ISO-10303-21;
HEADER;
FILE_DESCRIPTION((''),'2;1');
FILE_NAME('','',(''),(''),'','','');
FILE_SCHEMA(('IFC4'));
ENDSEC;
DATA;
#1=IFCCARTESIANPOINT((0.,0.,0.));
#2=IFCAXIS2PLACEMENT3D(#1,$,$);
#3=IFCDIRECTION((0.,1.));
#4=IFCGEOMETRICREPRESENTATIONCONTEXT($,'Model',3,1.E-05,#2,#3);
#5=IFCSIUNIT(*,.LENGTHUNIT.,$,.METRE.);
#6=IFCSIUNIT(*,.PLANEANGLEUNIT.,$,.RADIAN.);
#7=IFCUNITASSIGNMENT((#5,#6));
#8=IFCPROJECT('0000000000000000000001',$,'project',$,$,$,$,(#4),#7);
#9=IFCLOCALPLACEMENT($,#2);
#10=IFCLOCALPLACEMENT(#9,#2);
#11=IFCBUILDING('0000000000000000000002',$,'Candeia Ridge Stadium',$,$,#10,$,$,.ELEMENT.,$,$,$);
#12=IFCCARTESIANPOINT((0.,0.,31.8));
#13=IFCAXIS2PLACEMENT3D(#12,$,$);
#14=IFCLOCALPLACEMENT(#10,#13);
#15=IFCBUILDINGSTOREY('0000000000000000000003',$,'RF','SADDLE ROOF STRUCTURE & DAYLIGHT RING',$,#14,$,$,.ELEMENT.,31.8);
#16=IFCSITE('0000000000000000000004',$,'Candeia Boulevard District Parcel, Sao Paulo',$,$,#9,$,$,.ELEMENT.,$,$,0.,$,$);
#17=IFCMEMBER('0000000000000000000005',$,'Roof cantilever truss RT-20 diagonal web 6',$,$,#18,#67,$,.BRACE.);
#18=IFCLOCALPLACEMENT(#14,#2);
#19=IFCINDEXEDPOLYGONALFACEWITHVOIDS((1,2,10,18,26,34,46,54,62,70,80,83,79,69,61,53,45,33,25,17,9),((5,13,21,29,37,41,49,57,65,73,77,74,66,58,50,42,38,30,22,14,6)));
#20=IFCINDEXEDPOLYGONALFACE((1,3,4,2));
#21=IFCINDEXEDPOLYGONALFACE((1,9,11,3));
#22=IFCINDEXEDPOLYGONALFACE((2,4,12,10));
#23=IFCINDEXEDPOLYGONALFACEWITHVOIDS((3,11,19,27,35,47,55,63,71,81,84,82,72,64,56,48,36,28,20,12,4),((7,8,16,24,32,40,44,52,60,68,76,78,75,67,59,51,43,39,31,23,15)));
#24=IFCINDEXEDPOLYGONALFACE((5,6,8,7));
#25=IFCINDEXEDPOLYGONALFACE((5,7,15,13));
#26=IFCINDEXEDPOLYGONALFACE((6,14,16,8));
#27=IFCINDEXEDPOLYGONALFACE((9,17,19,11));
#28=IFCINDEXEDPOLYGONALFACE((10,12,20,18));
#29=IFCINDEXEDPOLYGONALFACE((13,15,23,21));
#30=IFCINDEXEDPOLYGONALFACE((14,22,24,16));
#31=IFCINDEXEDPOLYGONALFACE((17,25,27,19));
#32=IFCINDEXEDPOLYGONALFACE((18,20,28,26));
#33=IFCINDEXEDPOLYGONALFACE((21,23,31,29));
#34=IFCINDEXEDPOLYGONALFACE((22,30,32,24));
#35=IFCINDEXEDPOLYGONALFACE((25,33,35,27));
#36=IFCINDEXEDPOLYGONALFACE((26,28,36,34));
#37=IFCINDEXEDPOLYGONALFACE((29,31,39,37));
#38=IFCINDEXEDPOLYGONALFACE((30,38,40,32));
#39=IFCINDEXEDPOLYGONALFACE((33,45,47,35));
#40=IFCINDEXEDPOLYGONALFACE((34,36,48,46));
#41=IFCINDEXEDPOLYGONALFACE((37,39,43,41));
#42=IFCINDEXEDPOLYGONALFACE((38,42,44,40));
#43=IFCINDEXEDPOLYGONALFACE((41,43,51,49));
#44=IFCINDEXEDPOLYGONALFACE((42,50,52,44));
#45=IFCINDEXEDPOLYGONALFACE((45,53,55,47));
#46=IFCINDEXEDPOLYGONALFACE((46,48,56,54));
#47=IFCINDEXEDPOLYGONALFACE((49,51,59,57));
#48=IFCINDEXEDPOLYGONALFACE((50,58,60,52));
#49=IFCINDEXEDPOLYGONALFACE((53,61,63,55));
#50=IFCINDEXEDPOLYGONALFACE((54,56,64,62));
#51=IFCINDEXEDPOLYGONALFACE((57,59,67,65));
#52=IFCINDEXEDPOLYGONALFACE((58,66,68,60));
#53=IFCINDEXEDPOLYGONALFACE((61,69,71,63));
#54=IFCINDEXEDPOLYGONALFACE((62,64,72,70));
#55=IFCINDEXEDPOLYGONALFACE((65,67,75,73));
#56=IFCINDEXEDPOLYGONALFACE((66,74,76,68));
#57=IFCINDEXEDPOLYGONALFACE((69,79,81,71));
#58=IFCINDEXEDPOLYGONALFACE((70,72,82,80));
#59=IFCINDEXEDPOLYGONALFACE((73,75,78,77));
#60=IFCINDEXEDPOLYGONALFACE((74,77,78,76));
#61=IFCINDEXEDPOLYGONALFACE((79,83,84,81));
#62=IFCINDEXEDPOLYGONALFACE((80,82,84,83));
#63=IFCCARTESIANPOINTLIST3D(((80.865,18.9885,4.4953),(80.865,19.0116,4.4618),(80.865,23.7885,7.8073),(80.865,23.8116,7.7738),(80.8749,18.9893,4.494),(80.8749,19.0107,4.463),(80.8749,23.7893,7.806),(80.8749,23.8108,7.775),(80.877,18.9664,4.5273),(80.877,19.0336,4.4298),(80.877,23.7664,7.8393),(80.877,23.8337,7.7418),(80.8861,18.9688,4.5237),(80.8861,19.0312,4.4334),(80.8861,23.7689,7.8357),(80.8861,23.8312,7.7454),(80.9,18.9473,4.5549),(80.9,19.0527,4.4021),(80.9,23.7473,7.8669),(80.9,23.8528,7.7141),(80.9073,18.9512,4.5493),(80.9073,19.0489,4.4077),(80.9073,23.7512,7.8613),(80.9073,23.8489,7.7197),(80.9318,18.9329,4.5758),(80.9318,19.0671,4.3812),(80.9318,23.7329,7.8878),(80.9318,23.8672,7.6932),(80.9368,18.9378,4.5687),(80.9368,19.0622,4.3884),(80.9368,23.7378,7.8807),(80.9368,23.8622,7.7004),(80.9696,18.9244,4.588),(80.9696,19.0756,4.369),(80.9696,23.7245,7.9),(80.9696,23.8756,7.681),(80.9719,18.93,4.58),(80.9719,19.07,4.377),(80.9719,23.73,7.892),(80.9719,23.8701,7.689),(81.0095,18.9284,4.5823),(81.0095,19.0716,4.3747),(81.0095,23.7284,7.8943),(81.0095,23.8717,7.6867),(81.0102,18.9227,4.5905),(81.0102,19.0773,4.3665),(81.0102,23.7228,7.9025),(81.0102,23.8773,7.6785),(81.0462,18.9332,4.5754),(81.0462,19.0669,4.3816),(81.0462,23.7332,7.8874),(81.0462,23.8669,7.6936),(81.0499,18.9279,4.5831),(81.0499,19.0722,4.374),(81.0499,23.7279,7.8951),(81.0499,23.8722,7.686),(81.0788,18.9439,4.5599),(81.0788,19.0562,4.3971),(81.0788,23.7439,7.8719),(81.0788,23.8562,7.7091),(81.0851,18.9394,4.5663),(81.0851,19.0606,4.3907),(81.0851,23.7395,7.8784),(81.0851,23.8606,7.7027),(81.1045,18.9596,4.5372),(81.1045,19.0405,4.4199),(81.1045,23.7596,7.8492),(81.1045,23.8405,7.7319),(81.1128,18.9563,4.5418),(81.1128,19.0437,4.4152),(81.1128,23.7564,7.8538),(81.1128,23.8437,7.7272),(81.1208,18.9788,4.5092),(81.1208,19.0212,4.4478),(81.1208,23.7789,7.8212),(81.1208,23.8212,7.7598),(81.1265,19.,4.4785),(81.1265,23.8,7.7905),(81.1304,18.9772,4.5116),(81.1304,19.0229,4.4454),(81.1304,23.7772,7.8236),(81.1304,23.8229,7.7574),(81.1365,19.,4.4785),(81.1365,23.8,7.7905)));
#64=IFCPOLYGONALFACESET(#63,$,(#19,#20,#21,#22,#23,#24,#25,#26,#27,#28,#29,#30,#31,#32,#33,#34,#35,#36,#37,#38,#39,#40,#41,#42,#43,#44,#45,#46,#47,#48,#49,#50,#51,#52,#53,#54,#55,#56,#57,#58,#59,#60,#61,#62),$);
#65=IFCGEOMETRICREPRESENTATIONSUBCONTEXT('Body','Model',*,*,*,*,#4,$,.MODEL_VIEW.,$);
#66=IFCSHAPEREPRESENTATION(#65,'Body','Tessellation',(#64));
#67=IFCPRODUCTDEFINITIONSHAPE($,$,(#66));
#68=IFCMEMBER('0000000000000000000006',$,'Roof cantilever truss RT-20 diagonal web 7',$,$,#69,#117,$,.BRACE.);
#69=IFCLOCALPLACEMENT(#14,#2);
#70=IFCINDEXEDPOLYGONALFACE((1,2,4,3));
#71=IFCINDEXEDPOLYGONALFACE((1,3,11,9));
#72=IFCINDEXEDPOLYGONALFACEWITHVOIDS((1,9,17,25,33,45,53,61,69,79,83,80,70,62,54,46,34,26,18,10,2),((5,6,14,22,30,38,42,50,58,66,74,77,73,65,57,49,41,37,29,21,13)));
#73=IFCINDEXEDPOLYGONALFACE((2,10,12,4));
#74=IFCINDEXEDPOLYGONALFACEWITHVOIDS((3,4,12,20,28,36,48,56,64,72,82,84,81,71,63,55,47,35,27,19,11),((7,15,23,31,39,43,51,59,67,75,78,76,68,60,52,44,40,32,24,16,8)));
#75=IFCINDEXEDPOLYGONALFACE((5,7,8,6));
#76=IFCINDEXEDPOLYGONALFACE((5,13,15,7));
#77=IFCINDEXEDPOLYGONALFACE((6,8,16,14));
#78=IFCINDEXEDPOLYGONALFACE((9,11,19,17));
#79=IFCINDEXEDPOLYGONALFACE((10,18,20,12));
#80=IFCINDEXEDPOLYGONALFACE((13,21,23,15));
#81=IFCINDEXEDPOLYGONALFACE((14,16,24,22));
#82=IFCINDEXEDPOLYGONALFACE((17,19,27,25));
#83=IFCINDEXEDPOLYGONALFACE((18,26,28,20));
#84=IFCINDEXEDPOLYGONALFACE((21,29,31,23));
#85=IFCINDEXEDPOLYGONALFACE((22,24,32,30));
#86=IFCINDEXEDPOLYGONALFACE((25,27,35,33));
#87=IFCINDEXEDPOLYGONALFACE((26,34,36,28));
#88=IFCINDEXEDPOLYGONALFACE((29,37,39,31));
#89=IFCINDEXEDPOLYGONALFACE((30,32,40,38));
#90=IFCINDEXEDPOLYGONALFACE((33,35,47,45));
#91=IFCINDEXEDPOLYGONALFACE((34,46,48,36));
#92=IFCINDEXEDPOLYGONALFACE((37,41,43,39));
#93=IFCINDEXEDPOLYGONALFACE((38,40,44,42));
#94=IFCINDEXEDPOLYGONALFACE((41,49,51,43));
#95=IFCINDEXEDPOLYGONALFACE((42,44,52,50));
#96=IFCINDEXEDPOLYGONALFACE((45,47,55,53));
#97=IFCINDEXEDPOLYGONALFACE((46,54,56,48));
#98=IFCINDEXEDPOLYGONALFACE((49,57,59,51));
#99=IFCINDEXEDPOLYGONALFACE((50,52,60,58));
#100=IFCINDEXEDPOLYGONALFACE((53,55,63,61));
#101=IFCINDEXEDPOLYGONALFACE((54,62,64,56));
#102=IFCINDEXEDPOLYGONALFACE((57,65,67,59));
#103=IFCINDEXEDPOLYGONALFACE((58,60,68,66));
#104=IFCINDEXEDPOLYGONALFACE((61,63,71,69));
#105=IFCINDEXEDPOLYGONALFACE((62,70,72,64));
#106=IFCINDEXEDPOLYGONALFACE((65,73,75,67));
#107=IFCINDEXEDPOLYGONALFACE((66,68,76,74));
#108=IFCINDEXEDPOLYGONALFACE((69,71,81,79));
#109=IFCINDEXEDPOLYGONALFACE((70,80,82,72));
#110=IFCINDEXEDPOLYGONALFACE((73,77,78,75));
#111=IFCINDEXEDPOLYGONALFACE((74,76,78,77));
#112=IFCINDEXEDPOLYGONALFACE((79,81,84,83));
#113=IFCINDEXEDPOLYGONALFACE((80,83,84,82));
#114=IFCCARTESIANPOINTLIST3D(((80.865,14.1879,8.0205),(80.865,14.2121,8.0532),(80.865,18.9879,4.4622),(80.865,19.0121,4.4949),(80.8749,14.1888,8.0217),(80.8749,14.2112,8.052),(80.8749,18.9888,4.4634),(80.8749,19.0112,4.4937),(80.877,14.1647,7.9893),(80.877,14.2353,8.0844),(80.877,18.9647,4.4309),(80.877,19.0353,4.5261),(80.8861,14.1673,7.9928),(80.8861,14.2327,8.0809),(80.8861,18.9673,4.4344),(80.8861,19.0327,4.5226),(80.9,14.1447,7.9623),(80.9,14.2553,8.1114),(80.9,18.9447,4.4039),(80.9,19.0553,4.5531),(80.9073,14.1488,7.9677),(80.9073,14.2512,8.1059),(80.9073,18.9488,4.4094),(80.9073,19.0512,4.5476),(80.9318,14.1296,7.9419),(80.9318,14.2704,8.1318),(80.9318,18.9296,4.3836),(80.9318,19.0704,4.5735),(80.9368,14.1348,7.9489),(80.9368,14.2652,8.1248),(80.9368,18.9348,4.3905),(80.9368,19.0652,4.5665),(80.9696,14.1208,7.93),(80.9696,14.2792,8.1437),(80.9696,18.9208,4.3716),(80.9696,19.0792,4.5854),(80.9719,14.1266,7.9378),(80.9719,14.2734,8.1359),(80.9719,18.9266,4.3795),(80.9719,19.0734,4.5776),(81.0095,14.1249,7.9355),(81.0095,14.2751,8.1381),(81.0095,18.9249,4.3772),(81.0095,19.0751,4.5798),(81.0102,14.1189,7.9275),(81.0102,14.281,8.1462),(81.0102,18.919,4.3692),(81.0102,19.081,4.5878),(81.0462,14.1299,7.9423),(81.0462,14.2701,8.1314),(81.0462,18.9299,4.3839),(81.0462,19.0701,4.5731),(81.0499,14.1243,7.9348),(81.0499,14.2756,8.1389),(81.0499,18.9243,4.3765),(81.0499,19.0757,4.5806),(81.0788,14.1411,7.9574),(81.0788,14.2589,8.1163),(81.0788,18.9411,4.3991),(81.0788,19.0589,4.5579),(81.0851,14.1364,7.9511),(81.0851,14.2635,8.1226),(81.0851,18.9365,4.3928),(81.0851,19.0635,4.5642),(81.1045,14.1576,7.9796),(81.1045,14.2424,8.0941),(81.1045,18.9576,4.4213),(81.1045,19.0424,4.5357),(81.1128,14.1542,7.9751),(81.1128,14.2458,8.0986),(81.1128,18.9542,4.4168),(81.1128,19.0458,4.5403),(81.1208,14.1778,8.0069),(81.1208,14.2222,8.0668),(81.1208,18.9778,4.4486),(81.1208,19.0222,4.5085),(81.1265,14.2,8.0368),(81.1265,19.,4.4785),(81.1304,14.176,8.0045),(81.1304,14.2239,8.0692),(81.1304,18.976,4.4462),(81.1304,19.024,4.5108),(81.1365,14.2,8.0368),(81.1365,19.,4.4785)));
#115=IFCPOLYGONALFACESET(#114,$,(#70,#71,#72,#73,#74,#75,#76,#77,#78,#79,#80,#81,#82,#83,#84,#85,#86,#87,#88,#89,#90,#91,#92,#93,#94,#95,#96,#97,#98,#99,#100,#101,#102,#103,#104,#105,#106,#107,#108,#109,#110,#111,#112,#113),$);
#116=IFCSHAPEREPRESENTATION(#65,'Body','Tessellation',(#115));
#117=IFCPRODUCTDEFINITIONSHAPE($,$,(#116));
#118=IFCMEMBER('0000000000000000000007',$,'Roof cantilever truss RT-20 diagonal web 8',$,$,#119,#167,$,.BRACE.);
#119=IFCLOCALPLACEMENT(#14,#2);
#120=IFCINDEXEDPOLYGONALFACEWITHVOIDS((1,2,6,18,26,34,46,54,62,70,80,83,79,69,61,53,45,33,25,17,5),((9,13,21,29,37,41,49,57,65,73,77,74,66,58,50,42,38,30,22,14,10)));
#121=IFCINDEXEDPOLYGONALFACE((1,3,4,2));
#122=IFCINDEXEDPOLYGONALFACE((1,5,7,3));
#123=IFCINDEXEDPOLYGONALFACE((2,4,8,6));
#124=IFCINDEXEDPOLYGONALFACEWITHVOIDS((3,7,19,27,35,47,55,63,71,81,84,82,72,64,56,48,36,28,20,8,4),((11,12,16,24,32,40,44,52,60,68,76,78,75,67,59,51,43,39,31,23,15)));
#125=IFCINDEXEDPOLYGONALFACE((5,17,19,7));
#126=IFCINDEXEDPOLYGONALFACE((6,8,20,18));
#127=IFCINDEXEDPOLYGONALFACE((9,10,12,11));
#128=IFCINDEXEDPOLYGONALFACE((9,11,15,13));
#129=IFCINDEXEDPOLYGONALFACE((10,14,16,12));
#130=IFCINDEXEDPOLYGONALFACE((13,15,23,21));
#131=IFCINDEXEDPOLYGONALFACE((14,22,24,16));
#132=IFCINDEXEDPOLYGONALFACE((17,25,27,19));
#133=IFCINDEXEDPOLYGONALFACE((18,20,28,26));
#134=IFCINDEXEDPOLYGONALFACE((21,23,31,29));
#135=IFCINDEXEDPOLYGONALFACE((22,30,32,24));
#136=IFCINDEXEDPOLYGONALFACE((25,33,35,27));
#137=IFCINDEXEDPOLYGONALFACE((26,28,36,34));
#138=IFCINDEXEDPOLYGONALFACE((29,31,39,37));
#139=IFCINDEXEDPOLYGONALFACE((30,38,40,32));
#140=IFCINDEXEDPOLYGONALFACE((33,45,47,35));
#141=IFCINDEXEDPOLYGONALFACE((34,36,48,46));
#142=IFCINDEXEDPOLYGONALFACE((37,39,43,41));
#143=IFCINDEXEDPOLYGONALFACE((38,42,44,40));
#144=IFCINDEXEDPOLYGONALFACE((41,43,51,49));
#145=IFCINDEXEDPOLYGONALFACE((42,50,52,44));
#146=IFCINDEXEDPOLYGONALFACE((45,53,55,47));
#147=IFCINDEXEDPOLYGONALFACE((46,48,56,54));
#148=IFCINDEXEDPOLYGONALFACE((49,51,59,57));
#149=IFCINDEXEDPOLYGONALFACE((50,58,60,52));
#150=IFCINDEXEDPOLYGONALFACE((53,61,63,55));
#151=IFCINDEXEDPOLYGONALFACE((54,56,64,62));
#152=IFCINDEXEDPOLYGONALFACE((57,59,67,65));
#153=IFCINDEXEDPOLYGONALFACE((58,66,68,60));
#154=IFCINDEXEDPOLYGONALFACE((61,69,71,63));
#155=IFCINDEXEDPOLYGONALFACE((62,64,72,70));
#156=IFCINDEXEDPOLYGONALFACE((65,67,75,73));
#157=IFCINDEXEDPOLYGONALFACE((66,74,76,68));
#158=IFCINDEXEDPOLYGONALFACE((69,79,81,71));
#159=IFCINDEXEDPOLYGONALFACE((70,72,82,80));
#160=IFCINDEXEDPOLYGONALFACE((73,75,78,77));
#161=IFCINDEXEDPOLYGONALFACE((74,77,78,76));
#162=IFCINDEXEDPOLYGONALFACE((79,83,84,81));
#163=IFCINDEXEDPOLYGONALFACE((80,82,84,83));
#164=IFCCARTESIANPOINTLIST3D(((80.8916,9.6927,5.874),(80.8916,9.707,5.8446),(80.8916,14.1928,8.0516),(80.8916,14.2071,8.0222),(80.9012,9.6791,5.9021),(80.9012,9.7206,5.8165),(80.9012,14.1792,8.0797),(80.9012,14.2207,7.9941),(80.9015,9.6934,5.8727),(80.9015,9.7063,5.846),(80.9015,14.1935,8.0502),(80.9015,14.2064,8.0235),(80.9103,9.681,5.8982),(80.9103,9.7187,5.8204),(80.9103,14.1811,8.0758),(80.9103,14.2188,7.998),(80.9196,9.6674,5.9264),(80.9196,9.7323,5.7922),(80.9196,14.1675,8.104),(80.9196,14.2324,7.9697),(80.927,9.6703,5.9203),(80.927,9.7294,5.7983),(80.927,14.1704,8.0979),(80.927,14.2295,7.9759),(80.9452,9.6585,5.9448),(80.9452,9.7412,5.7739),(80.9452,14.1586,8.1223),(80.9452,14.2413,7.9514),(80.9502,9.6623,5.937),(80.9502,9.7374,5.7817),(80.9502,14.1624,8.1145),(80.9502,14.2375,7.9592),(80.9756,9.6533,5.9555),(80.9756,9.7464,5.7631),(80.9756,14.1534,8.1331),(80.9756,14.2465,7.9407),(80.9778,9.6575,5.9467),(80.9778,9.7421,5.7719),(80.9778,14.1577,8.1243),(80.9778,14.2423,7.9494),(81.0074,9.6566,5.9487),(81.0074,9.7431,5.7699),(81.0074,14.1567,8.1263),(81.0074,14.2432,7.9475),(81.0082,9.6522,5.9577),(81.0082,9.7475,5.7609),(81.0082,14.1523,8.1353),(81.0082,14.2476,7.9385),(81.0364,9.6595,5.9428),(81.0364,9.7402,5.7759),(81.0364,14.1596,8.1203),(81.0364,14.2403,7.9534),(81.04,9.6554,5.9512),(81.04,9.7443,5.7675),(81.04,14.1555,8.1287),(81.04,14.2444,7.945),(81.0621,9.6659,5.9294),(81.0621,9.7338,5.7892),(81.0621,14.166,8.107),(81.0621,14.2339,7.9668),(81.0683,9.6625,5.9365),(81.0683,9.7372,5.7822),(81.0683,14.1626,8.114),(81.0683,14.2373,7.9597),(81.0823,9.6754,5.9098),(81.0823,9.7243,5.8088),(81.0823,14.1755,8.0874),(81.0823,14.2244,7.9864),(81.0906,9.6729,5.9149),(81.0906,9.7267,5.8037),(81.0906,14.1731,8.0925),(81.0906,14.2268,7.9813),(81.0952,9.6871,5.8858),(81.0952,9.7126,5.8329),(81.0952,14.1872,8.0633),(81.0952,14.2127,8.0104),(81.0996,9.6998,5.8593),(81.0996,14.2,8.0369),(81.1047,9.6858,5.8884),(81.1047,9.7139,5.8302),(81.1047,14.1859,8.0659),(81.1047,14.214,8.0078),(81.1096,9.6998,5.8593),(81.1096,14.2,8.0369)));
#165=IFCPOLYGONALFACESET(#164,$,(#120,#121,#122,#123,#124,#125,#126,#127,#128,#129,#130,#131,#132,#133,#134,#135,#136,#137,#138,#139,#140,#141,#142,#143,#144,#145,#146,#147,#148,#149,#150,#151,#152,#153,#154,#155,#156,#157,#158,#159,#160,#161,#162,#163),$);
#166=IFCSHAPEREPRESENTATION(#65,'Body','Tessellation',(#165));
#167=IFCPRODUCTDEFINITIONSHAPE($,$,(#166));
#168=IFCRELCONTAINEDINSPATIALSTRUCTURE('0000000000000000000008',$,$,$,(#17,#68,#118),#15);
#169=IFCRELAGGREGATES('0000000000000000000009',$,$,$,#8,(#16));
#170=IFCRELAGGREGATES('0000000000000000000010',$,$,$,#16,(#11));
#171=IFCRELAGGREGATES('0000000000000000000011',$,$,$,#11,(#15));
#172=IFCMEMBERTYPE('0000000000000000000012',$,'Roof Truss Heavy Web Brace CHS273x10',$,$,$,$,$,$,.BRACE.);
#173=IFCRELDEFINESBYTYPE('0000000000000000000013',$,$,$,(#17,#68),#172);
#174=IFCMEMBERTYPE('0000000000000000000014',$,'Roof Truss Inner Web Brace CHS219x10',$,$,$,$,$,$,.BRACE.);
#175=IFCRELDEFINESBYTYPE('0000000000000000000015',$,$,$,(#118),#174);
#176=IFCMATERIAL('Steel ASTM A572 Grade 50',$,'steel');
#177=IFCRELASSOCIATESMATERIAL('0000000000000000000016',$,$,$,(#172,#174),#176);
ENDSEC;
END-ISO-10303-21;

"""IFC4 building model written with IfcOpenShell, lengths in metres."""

from ifc_helpers import new_model, si_unit, direction, frame, origin, origin_2d, place, context, subcontext, project, spatial, hollow_circle, extrude, material, material_profile, profile_set, type_object, element, save


model = new_model("IFC4")

# Units and contexts
model_context = context("Model", 3, precision=1e-05, world=origin(), true_north=direction((0.0, 1.0)))
body_context = subcontext(model_context, "Body", "Model", "MODEL_VIEW")
ifc_project = project(units=[si_unit("LENGTHUNIT", "METRE"), si_unit("PLANEANGLEUNIT", "RADIAN")], contexts=[model_context])

# Site, building, storey
site_placement = place(None, origin())
site = spatial("IfcSite", under=ifc_project, at=site_placement, Name="Candeia Boulevard District Parcel, Sao Paulo", CompositionType="ELEMENT", RefElevation=0.0)
building_placement = place(site_placement, origin())
building = spatial("IfcBuilding", under=site, at=building_placement, Name="Candeia Ridge Stadium", CompositionType="ELEMENT")
storey_placement = place(building_placement, frame((0.0, 0.0, 31.8)))
storey = spatial("IfcBuildingStorey", under=building, at=storey_placement, Name="RF", Description="SADDLE ROOF STRUCTURE & DAYLIGHT RING", CompositionType="ELEMENT", Elevation=31.8)

# Shared definitions
ifc_material_1 = material(Name="Steel ASTM A572 Grade 50", Category="steel")

# Members
ifc_material_profile_1 = material_profile(ifc_material_1, hollow_circle(Radius=0.1365, WallThickness=0.01, at=origin_2d()), Name="CHS273x10", Category="steel")
ifc_profile_set_1 = profile_set([ifc_material_profile_1], Name="Steel ASTM A572 Grade 50")
member_type_1 = type_object("IfcMemberType", Name="Roof Truss Heavy Web Brace CHS273x10", PredefinedType="BRACE", material=ifc_profile_set_1)
member_1_placement = place(storey_placement, frame((81.0, 23.8, 7.7905), z_axis=(0.0, -0.823082, -0.567923), x_axis=(1.0, 0.0, 0.0)))
element("IfcMember", 1, at=member_1_placement, inside=storey, type_object=member_type_1, Name="Roof cantilever truss RT-20 diagonal web 6", PredefinedType="BRACE", context=body_context, shape_type="SweptSolid", body=[
    extrude(hollow_circle(Radius=0.1365, WallThickness=0.01, at=origin_2d()), origin(), (0.0, 0.0, 1.0), 5.8318),
])
member_2_placement = place(storey_placement, frame((81.0, 19.0, 4.4785), z_axis=(0.0, -0.803336, 0.595526), x_axis=(1.0, 0.0, 0.0)))
element("IfcMember", 2, at=member_2_placement, inside=storey, type_object=member_type_1, Name="Roof cantilever truss RT-20 diagonal web 7", PredefinedType="BRACE", context=body_context, shape_type="SweptSolid", body=[
    extrude(hollow_circle(Radius=0.1365, WallThickness=0.01, at=origin_2d()), origin(), (0.0, 0.0, 1.0), 5.9751),
])
ifc_material_profile_2 = material_profile(ifc_material_1, hollow_circle(Radius=0.1096, WallThickness=0.01, at=origin_2d()), Name="CHS219x10", Category="steel")
ifc_profile_set_2 = profile_set([ifc_material_profile_2], Name="Steel ASTM A572 Grade 50")
member_type_2 = type_object("IfcMemberType", Name="Roof Truss Inner Web Brace CHS219x10", PredefinedType="BRACE", material=ifc_profile_set_2)
member_3_placement = place(storey_placement, frame((81.0, 14.2, 8.0369), z_axis=(0.0, -0.900154, -0.435572), x_axis=(1.0, 0.0, 0.0)))
element("IfcMember", 3, at=member_3_placement, inside=storey, type_object=member_type_2, Name="Roof cantilever truss RT-20 diagonal web 8", PredefinedType="BRACE", context=body_context, shape_type="SweptSolid", body=[
    extrude(hollow_circle(Radius=0.1096, WallThickness=0.01, at=origin_2d()), origin(), (0.0, 0.0, 1.0), 4.9993),
])

save(model, "model.ifc")
